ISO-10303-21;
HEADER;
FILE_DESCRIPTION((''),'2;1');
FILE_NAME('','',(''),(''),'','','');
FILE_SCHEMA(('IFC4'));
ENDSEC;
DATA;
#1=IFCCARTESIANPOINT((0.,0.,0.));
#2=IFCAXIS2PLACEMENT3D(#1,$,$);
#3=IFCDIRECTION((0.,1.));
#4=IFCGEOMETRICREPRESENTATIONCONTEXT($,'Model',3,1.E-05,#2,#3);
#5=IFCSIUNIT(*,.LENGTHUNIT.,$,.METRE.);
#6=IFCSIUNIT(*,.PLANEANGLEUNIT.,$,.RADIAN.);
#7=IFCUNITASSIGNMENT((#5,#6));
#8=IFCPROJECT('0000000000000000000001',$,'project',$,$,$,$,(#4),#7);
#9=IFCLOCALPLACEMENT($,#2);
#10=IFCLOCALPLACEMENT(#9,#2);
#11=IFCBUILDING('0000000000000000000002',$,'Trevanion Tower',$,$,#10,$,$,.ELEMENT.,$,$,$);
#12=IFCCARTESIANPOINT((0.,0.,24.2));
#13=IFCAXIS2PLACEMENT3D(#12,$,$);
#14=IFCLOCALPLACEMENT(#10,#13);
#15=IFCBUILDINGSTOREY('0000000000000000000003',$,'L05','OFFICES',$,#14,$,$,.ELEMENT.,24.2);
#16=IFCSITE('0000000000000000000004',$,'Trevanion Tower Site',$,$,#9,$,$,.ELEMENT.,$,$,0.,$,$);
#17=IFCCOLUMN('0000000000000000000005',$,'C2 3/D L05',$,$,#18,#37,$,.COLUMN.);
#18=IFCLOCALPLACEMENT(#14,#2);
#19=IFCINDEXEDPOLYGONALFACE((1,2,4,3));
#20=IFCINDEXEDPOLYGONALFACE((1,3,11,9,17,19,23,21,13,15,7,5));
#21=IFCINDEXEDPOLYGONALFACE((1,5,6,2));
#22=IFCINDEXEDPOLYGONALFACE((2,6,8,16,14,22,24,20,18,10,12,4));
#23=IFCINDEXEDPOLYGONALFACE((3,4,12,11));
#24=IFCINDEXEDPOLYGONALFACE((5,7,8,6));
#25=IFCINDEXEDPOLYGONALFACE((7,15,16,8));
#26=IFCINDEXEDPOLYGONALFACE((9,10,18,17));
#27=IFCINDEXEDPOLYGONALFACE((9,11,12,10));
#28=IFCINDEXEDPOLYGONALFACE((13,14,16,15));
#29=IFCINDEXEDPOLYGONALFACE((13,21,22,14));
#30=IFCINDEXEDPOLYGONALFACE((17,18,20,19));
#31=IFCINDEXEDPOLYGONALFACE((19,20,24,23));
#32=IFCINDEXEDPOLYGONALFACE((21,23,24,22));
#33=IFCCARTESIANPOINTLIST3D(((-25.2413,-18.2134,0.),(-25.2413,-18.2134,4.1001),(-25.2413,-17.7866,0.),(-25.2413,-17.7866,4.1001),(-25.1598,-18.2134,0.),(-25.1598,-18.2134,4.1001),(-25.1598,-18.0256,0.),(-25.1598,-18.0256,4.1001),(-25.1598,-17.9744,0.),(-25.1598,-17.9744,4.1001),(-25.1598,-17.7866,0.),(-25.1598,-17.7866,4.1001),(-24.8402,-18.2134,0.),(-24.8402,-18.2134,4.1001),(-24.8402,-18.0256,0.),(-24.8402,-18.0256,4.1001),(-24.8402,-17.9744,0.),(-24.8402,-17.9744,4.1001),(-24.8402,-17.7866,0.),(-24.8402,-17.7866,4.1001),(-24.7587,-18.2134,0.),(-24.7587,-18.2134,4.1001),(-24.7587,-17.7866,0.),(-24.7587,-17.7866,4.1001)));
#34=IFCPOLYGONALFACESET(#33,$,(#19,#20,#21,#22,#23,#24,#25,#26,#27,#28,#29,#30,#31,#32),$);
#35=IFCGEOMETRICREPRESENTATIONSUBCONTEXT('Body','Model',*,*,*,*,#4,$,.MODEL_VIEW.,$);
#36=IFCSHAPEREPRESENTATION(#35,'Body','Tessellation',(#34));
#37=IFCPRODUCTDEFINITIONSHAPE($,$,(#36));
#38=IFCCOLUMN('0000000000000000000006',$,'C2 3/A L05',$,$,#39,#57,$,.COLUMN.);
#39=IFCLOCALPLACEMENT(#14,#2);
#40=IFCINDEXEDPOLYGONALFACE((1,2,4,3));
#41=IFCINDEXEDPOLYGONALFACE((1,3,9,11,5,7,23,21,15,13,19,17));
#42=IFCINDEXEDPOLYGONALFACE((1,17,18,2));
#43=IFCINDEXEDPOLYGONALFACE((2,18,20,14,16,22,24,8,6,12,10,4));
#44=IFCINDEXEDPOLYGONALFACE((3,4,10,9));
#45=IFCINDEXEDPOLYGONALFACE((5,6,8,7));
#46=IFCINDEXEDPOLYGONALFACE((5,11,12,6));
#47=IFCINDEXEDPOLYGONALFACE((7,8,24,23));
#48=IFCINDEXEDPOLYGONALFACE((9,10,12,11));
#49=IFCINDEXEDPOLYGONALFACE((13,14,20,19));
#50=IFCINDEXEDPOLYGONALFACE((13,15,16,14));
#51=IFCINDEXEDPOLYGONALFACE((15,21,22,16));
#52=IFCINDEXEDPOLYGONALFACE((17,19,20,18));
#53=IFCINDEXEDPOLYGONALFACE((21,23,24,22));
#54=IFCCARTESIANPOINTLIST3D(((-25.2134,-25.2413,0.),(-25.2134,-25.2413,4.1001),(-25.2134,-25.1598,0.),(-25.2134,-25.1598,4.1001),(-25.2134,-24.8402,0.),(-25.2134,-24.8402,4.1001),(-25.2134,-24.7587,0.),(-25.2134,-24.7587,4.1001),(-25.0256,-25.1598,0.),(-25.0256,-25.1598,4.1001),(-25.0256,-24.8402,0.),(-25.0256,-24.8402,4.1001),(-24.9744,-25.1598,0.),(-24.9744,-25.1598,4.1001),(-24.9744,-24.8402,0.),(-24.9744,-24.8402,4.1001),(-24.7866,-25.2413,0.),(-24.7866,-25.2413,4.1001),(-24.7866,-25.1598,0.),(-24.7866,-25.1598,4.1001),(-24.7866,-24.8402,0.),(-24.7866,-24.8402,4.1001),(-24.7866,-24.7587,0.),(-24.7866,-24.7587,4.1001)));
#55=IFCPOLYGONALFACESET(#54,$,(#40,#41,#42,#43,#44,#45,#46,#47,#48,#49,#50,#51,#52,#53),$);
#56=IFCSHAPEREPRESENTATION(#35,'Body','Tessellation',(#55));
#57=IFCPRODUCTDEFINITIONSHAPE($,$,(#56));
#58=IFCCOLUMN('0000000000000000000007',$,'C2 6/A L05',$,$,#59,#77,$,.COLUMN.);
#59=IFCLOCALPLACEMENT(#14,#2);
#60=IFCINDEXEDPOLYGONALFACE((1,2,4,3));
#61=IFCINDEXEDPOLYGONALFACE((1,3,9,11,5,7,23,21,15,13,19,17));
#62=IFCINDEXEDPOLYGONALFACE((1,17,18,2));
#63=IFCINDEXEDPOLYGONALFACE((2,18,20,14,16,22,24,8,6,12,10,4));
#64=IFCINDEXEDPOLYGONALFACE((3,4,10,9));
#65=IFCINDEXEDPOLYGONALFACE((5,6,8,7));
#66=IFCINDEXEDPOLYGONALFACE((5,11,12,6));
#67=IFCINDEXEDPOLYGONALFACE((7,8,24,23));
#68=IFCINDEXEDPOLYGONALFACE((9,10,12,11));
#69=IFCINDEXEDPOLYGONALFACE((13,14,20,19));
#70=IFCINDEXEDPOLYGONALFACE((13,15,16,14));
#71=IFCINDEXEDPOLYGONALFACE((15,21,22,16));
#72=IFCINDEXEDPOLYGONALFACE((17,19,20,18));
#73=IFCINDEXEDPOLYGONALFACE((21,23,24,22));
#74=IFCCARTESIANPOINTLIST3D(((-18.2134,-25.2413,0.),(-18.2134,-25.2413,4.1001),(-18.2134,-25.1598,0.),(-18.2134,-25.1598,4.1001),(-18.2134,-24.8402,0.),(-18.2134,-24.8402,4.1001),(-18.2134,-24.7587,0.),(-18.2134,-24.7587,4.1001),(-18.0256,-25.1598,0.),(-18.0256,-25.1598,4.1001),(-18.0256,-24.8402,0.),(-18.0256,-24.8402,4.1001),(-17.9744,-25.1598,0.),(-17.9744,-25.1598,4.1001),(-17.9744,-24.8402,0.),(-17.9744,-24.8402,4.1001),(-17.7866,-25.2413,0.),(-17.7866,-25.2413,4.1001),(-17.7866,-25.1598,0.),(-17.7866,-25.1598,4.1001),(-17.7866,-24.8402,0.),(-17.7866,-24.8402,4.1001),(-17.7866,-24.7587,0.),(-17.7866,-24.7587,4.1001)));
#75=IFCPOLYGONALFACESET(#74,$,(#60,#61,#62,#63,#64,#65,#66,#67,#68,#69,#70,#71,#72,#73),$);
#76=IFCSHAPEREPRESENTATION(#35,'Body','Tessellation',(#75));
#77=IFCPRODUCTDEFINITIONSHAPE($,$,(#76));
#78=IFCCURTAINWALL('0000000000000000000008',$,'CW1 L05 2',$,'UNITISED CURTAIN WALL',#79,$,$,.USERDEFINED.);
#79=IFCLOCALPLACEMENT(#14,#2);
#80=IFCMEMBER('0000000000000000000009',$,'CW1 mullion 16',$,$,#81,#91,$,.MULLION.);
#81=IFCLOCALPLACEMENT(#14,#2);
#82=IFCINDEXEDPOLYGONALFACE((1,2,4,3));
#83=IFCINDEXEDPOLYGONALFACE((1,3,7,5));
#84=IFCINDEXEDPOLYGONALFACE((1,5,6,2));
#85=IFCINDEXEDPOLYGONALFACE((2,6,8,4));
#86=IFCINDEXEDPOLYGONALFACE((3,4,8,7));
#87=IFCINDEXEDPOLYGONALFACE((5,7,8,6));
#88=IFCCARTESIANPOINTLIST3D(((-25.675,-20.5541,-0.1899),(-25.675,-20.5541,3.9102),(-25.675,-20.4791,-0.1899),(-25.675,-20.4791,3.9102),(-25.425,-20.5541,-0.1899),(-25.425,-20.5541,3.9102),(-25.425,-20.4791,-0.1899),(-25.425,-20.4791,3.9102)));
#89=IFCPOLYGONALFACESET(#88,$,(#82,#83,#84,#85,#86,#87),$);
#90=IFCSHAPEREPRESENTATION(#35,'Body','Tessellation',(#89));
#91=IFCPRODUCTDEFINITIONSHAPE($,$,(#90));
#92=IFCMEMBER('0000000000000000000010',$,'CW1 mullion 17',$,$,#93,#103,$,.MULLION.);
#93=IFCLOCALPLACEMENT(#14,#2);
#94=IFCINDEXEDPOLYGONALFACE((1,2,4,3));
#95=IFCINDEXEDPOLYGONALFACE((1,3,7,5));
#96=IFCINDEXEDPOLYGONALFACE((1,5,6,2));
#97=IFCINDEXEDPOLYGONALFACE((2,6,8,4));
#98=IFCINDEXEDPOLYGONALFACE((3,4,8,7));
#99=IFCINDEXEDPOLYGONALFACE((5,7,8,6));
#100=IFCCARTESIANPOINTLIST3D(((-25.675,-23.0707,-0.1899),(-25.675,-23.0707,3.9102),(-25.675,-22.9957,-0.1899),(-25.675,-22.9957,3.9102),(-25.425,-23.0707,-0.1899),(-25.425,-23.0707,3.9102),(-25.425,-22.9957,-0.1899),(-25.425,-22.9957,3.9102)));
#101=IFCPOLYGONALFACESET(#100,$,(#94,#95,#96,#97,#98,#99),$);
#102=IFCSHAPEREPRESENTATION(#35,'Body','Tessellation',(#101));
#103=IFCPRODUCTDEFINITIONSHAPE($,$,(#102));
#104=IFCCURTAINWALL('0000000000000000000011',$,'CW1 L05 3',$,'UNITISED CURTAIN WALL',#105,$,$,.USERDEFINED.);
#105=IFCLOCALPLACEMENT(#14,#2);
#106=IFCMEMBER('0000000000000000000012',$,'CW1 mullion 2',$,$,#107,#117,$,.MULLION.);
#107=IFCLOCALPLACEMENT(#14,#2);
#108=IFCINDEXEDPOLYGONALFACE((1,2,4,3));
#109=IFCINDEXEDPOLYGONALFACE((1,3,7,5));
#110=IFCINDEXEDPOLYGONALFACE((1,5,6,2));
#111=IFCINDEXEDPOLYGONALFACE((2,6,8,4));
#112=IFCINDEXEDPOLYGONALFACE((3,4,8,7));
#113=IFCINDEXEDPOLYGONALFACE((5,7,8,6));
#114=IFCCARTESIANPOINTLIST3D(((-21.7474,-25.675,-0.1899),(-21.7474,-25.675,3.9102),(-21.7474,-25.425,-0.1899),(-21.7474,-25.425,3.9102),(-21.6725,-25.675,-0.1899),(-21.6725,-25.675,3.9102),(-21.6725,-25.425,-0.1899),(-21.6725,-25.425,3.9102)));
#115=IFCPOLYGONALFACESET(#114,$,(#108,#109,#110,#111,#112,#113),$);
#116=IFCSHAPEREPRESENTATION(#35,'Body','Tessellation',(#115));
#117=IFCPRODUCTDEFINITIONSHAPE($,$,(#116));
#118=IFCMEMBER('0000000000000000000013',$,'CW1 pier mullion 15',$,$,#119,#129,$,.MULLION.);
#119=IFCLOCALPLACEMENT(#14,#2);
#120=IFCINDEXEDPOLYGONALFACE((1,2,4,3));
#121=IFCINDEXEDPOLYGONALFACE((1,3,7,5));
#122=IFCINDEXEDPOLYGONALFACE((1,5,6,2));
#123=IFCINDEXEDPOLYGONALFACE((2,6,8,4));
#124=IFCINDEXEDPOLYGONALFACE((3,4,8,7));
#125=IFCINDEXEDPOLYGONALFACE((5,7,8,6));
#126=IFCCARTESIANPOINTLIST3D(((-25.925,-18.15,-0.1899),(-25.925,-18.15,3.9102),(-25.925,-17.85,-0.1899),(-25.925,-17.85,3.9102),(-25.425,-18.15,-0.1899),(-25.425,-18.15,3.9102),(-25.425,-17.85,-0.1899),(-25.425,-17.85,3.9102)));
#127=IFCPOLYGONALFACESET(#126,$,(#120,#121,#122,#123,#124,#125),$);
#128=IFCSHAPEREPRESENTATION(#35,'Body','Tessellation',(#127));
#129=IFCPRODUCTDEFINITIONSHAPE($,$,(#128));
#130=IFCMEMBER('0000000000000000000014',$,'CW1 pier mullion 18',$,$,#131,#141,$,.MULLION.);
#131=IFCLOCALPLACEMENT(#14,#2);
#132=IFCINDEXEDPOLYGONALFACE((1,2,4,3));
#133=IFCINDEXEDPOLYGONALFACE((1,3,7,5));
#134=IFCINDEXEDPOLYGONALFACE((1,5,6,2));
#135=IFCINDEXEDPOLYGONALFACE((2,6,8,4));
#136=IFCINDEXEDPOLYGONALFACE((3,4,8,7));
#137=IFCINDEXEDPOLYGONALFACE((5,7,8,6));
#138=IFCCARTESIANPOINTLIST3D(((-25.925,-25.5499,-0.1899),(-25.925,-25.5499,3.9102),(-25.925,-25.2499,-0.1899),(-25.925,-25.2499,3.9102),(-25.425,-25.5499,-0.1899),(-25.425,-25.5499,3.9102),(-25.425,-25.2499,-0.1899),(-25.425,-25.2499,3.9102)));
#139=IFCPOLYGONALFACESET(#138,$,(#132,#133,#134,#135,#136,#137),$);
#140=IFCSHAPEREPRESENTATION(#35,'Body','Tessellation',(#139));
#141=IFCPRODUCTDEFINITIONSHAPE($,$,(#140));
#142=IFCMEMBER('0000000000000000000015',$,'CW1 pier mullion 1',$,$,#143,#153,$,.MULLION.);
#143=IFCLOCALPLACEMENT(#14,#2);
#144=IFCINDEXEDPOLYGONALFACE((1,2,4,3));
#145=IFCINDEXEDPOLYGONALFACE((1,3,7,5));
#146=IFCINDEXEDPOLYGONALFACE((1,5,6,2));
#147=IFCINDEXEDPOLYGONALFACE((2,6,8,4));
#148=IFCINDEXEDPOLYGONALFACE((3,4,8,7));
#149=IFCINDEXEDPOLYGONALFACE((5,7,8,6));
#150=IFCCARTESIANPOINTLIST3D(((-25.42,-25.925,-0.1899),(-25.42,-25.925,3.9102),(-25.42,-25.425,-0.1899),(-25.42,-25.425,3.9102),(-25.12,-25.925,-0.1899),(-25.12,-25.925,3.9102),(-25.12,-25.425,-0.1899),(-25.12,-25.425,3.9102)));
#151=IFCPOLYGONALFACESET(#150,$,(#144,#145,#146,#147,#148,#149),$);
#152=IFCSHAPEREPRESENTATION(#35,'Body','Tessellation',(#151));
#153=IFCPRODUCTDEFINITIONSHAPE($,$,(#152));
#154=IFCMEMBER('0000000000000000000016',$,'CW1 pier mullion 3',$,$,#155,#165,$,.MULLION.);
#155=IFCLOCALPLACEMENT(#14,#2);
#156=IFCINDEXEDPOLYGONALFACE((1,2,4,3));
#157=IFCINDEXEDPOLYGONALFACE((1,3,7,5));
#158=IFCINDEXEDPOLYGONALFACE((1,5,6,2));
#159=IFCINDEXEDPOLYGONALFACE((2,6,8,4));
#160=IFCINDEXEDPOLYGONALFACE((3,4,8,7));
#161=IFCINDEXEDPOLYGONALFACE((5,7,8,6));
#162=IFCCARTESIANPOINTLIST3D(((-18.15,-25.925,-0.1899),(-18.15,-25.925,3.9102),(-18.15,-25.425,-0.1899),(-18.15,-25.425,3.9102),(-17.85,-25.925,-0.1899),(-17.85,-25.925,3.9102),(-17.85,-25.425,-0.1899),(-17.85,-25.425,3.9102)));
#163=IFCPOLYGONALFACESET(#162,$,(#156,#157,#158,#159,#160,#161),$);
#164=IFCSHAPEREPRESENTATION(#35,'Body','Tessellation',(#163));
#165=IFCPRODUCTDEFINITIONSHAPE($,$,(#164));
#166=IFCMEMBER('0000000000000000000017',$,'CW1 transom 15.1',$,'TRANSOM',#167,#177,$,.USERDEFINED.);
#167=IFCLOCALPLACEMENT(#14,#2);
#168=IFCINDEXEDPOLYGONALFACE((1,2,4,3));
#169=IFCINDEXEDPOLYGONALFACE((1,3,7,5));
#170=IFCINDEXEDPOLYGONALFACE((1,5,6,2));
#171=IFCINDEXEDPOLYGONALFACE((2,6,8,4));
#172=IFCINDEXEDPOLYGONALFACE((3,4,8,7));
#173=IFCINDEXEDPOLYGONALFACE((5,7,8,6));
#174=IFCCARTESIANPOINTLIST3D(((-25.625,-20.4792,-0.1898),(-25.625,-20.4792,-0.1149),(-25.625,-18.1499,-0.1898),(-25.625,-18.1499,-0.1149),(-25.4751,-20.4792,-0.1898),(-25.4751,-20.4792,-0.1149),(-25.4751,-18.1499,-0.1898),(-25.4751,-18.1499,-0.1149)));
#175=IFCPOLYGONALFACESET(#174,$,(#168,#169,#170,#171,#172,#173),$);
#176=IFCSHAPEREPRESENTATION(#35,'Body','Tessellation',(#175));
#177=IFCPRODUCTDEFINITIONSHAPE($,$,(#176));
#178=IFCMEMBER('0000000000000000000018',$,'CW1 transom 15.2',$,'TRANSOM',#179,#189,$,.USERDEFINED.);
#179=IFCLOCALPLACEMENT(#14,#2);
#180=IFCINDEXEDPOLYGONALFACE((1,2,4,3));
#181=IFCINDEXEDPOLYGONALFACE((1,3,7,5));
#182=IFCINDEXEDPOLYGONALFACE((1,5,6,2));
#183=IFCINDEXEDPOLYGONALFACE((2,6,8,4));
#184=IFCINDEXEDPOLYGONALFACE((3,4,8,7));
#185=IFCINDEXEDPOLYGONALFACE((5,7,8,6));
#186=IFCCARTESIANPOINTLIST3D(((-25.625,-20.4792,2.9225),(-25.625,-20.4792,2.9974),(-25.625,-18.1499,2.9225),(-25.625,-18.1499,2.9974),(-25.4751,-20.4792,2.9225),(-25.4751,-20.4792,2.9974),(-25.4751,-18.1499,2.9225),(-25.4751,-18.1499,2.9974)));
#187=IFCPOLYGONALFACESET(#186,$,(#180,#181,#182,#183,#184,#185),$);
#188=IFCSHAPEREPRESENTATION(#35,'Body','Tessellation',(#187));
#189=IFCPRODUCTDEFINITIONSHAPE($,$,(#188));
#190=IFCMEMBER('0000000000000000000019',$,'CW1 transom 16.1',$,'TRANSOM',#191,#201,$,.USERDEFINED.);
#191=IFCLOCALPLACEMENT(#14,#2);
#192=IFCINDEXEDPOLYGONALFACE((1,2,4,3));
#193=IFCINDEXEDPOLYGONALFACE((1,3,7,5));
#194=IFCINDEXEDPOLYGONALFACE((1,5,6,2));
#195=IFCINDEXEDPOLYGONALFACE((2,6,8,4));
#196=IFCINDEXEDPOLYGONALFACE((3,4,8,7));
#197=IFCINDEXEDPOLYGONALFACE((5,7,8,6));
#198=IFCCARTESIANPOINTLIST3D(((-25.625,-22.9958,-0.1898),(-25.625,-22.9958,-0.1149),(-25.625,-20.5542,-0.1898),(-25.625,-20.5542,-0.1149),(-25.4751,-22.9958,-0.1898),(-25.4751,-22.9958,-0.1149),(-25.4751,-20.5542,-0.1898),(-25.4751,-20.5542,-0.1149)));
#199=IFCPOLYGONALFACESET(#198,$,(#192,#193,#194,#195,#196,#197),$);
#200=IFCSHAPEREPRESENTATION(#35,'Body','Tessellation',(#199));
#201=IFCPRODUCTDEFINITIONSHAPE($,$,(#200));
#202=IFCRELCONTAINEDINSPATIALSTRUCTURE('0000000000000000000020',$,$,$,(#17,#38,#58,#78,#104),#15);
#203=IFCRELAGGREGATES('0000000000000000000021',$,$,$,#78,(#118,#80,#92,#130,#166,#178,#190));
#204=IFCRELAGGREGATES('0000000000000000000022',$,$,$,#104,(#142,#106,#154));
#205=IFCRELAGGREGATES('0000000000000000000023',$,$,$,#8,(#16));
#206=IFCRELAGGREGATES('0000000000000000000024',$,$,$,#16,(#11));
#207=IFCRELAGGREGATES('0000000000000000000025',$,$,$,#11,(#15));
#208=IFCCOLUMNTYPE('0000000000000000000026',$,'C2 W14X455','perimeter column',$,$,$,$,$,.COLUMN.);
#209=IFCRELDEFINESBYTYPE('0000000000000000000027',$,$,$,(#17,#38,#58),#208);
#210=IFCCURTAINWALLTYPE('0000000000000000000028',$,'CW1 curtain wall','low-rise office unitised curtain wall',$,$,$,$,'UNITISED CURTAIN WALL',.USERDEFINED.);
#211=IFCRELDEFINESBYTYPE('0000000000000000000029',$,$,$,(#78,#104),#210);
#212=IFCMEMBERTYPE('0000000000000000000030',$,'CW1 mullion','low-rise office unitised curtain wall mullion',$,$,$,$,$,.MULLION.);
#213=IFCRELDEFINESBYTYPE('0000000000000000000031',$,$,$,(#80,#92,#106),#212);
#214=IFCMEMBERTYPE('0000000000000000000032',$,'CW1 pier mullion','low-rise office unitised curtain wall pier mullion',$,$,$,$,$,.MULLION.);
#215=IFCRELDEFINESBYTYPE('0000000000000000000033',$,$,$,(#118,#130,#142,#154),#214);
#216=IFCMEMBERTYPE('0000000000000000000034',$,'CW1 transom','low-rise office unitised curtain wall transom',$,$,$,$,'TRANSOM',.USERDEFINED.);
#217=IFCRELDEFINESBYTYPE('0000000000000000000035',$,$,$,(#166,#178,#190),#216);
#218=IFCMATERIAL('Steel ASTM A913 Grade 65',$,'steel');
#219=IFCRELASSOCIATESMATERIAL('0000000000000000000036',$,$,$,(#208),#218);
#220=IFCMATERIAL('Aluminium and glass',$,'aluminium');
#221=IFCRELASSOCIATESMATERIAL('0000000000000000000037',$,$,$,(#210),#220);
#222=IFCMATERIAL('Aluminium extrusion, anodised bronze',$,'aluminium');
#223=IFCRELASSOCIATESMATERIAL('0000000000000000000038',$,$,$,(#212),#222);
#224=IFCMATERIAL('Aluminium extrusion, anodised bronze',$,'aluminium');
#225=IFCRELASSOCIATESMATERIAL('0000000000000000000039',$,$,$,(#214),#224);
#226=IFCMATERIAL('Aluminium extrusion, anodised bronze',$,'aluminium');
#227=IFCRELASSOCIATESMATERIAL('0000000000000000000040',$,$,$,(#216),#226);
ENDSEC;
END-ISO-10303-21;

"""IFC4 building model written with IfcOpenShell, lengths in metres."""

from ifc_helpers import new_model, si_unit, direction, frame, origin, origin_2d, place, context, subcontext, project, spatial, rectangle, i_section, extrude, material, material_profile, profile_set, type_object, element, aggregate, save


model = new_model("IFC4")

# Units and contexts
model_context = context("Model", 3, precision=1e-05, world=origin(), true_north=direction((0.0, 1.0)))
body_context = subcontext(model_context, "Body", "Model", "MODEL_VIEW")
ifc_project = project(units=[si_unit("LENGTHUNIT", "METRE"), si_unit("PLANEANGLEUNIT", "RADIAN")], contexts=[model_context])

# Site, building, storey
site_placement = place(None, origin())
site = spatial("IfcSite", under=ifc_project, at=site_placement, Name="Trevanion Tower Site", CompositionType="ELEMENT", RefElevation=0.0)
building_placement = place(site_placement, origin())
building = spatial("IfcBuilding", under=site, at=building_placement, Name="Trevanion Tower", CompositionType="ELEMENT")
storey_placement = place(building_placement, frame((0.0, 0.0, 24.2)))
storey = spatial("IfcBuildingStorey", under=building, at=storey_placement, Name="L05", Description="OFFICES", CompositionType="ELEMENT", Elevation=24.2)

# Columns
ifc_material_1 = material(Name="Steel ASTM A913 Grade 65", Category="steel")
ifc_material_profile_1 = material_profile(ifc_material_1, i_section(OverallWidth=0.4268, OverallDepth=0.4827, WebThickness=0.0513, FlangeThickness=0.0815, at=origin_2d()), Name="W14X455")
ifc_profile_set_1 = profile_set([ifc_material_profile_1], Name="Steel ASTM A913 Grade 65")
column_type = type_object("IfcColumnType", Name="C2 W14X455", Description="perimeter column", PredefinedType="COLUMN", material=ifc_profile_set_1)
for number, where, z_axis, x_axis, name in (
    (1, (-25.0, -18.0, 0.0), (0.0, 0.0, 1.0), (0.0, 1.0, 0.0), "C2 3/D L05"),
    (2, (-25.0, -25.0, 0.0), (0.0, 0.0, 1.0), (1.0, 0.0, 0.0), "C2 3/A L05"),
    (3, (-18.0, -25.0, 0.0), (0.0, 0.0, 1.0), (1.0, 0.0, 0.0), "C2 6/A L05"),
):
    element("IfcColumn", number, at=place(storey_placement, frame(where, z_axis=z_axis, x_axis=x_axis)), inside=storey, type_object=column_type, Name=name, PredefinedType="COLUMN", context=body_context, shape_type="SweptSolid", body=[
        extrude(i_section(OverallWidth=0.4268, OverallDepth=0.4827, WebThickness=0.0513, FlangeThickness=0.0815, at=origin_2d()), origin(), (0.0, 0.0, 1.0), 4.1001),
    ])

# Curtain wall, members
ifc_material_2 = material(Name="Aluminium and glass", Category="aluminium")
curtain_wall_type = type_object("IfcCurtainWallType", Name="CW1 curtain wall", Description="low-rise office unitised curtain wall", ElementType="UNITISED CURTAIN WALL", PredefinedType="USERDEFINED", material=ifc_material_2)
curtain_wall_1_placement = place(storey_placement, origin())
curtain_wall_1 = element("IfcCurtainWall", 4, at=curtain_wall_1_placement, inside=storey, type_object=curtain_wall_type, Name="CW1 L05 2", ObjectType="UNITISED CURTAIN WALL", PredefinedType="USERDEFINED")
ifc_material_3 = material(Name="Aluminium extrusion, anodised bronze", Category="aluminium")
ifc_material_profile_2 = material_profile(ifc_material_3, rectangle(XDim=0.075, YDim=0.25, at=origin_2d()), Name="CW1 mullion")
ifc_profile_set_2 = profile_set([ifc_material_profile_2], Name="Aluminium extrusion, anodised bronze")
member_type_1 = type_object("IfcMemberType", Name="CW1 mullion", Description="low-rise office unitised curtain wall mullion", PredefinedType="MULLION", material=ifc_profile_set_2)
member_1_placement = place(storey_placement, frame((-25.55, -20.5166, -0.1899), z_axis=(0.0, 0.0, 1.0), x_axis=(0.0, -1.0, 0.0)))
member_1 = element("IfcMember", 5, at=member_1_placement, type_object=member_type_1, Name="CW1 mullion 16", PredefinedType="MULLION", context=body_context, shape_type="SweptSolid", body=[
    extrude(rectangle(XDim=0.075, YDim=0.25, at=origin_2d()), origin(), (0.0, 0.0, 1.0), 4.1001),
])
member_2_placement = place(storey_placement, frame((-25.55, -23.0332, -0.1899), z_axis=(0.0, 0.0, 1.0), x_axis=(0.0, -1.0, 0.0)))
member_2 = element("IfcMember", 6, at=member_2_placement, type_object=member_type_1, Name="CW1 mullion 17", PredefinedType="MULLION", context=body_context, shape_type="SweptSolid", body=[
    extrude(rectangle(XDim=0.075, YDim=0.25, at=origin_2d()), origin(), (0.0, 0.0, 1.0), 4.1001),
])

# Curtain wall, member
curtain_wall_2_placement = place(storey_placement, origin())
curtain_wall_2 = element("IfcCurtainWall", 7, at=curtain_wall_2_placement, inside=storey, type_object=curtain_wall_type, Name="CW1 L05 3", ObjectType="UNITISED CURTAIN WALL", PredefinedType="USERDEFINED")
member_3_placement = place(storey_placement, frame((-21.71, -25.55, -0.1899), z_axis=(0.0, 0.0, 1.0), x_axis=(1.0, 0.0, 0.0)))
member_3 = element("IfcMember", 8, at=member_3_placement, type_object=member_type_1, Name="CW1 mullion 2", PredefinedType="MULLION", context=body_context, shape_type="SweptSolid", body=[
    extrude(rectangle(XDim=0.075, YDim=0.25, at=origin_2d()), origin(), (0.0, 0.0, 1.0), 4.1001),
])

# Members
ifc_material_4 = material(Name="Aluminium extrusion, anodised bronze", Category="aluminium")
ifc_material_profile_3 = material_profile(ifc_material_4, rectangle(XDim=0.3, YDim=0.5, at=origin_2d()), Name="CW1 pier mullion")
ifc_profile_set_3 = profile_set([ifc_material_profile_3], Name="Aluminium extrusion, anodised bronze")
member_type_2 = type_object("IfcMemberType", Name="CW1 pier mullion", Description="low-rise office unitised curtain wall pier mullion", PredefinedType="MULLION", material=ifc_profile_set_3)
member_4_placement = place(storey_placement, frame((-25.675, -18.0, -0.1899), z_axis=(0.0, 0.0, 1.0), x_axis=(0.0, -1.0, 0.0)))
member_4 = element("IfcMember", 9, at=member_4_placement, type_object=member_type_2, Name="CW1 pier mullion 15", PredefinedType="MULLION", context=body_context, shape_type="SweptSolid", body=[
    extrude(rectangle(XDim=0.3, YDim=0.5, at=origin_2d()), origin(), (0.0, 0.0, 1.0), 4.1001),
])
member_5_placement = place(storey_placement, frame((-25.675, -25.3999, -0.1899), z_axis=(0.0, 0.0, 1.0), x_axis=(0.0, -1.0, 0.0)))
member_5 = element("IfcMember", 10, at=member_5_placement, type_object=member_type_2, Name="CW1 pier mullion 18", PredefinedType="MULLION", context=body_context, shape_type="SweptSolid", body=[
    extrude(rectangle(XDim=0.3, YDim=0.5, at=origin_2d()), origin(), (0.0, 0.0, 1.0), 4.1001),
])
member_6_placement = place(storey_placement, frame((-25.27, -25.675, -0.1899), z_axis=(0.0, 0.0, 1.0), x_axis=(1.0, 0.0, 0.0)))
member_6 = element("IfcMember", 11, at=member_6_placement, type_object=member_type_2, Name="CW1 pier mullion 1", PredefinedType="MULLION", context=body_context, shape_type="SweptSolid", body=[
    extrude(rectangle(XDim=0.3, YDim=0.5, at=origin_2d()), origin(), (0.0, 0.0, 1.0), 4.1001),
])
member_7_placement = place(storey_placement, frame((-18.0, -25.675, -0.1899), z_axis=(0.0, 0.0, 1.0), x_axis=(1.0, 0.0, 0.0)))
member_7 = element("IfcMember", 12, at=member_7_placement, type_object=member_type_2, Name="CW1 pier mullion 3", PredefinedType="MULLION", context=body_context, shape_type="SweptSolid", body=[
    extrude(rectangle(XDim=0.3, YDim=0.5, at=origin_2d()), origin(), (0.0, 0.0, 1.0), 4.1001),
])
ifc_material_5 = material(Name="Aluminium extrusion, anodised bronze", Category="aluminium")
ifc_material_profile_4 = material_profile(ifc_material_5, rectangle(XDim=0.1499, YDim=0.075, at=origin_2d()), Name="CW1 transom")
ifc_profile_set_4 = profile_set([ifc_material_profile_4], Name="Aluminium extrusion, anodised bronze")
member_type_3 = type_object("IfcMemberType", Name="CW1 transom", Description="low-rise office unitised curtain wall transom", ElementType="TRANSOM", PredefinedType="USERDEFINED", material=ifc_profile_set_4)
member_8_placement = place(storey_placement, frame((-25.55, -18.1499, -0.1523), z_axis=(0.0, -1.0, 0.0), x_axis=(1.0, 0.0, 0.0)))
member_8 = element("IfcMember", 13, at=member_8_placement, type_object=member_type_3, Name="CW1 transom 15.1", ObjectType="TRANSOM", PredefinedType="USERDEFINED", context=body_context, shape_type="SweptSolid", body=[
    extrude(rectangle(XDim=0.1499, YDim=0.075, at=origin_2d()), origin(), (0.0, 0.0, 1.0), 2.3293),
])
member_9_placement = place(storey_placement, frame((-25.55, -18.1499, 2.96), z_axis=(0.0, -1.0, 0.0), x_axis=(1.0, 0.0, 0.0)))
member_9 = element("IfcMember", 14, at=member_9_placement, type_object=member_type_3, Name="CW1 transom 15.2", ObjectType="TRANSOM", PredefinedType="USERDEFINED", context=body_context, shape_type="SweptSolid", body=[
    extrude(rectangle(XDim=0.1499, YDim=0.075, at=origin_2d()), origin(), (0.0, 0.0, 1.0), 2.3293),
])
member_10_placement = place(storey_placement, frame((-25.55, -20.5542, -0.1523), z_axis=(0.0, -1.0, 0.0), x_axis=(1.0, 0.0, 0.0)))
member_10 = element("IfcMember", 15, at=member_10_placement, type_object=member_type_3, Name="CW1 transom 16.1", ObjectType="TRANSOM", PredefinedType="USERDEFINED", context=body_context, shape_type="SweptSolid", body=[
    extrude(rectangle(XDim=0.1499, YDim=0.075, at=origin_2d()), origin(), (0.0, 0.0, 1.0), 2.4417),
])

aggregate(curtain_wall_1, [member_4, member_1, member_2, member_5, member_8, member_9, member_10])
aggregate(curtain_wall_2, [member_6, member_3, member_7])

save(model, "model.ifc")
